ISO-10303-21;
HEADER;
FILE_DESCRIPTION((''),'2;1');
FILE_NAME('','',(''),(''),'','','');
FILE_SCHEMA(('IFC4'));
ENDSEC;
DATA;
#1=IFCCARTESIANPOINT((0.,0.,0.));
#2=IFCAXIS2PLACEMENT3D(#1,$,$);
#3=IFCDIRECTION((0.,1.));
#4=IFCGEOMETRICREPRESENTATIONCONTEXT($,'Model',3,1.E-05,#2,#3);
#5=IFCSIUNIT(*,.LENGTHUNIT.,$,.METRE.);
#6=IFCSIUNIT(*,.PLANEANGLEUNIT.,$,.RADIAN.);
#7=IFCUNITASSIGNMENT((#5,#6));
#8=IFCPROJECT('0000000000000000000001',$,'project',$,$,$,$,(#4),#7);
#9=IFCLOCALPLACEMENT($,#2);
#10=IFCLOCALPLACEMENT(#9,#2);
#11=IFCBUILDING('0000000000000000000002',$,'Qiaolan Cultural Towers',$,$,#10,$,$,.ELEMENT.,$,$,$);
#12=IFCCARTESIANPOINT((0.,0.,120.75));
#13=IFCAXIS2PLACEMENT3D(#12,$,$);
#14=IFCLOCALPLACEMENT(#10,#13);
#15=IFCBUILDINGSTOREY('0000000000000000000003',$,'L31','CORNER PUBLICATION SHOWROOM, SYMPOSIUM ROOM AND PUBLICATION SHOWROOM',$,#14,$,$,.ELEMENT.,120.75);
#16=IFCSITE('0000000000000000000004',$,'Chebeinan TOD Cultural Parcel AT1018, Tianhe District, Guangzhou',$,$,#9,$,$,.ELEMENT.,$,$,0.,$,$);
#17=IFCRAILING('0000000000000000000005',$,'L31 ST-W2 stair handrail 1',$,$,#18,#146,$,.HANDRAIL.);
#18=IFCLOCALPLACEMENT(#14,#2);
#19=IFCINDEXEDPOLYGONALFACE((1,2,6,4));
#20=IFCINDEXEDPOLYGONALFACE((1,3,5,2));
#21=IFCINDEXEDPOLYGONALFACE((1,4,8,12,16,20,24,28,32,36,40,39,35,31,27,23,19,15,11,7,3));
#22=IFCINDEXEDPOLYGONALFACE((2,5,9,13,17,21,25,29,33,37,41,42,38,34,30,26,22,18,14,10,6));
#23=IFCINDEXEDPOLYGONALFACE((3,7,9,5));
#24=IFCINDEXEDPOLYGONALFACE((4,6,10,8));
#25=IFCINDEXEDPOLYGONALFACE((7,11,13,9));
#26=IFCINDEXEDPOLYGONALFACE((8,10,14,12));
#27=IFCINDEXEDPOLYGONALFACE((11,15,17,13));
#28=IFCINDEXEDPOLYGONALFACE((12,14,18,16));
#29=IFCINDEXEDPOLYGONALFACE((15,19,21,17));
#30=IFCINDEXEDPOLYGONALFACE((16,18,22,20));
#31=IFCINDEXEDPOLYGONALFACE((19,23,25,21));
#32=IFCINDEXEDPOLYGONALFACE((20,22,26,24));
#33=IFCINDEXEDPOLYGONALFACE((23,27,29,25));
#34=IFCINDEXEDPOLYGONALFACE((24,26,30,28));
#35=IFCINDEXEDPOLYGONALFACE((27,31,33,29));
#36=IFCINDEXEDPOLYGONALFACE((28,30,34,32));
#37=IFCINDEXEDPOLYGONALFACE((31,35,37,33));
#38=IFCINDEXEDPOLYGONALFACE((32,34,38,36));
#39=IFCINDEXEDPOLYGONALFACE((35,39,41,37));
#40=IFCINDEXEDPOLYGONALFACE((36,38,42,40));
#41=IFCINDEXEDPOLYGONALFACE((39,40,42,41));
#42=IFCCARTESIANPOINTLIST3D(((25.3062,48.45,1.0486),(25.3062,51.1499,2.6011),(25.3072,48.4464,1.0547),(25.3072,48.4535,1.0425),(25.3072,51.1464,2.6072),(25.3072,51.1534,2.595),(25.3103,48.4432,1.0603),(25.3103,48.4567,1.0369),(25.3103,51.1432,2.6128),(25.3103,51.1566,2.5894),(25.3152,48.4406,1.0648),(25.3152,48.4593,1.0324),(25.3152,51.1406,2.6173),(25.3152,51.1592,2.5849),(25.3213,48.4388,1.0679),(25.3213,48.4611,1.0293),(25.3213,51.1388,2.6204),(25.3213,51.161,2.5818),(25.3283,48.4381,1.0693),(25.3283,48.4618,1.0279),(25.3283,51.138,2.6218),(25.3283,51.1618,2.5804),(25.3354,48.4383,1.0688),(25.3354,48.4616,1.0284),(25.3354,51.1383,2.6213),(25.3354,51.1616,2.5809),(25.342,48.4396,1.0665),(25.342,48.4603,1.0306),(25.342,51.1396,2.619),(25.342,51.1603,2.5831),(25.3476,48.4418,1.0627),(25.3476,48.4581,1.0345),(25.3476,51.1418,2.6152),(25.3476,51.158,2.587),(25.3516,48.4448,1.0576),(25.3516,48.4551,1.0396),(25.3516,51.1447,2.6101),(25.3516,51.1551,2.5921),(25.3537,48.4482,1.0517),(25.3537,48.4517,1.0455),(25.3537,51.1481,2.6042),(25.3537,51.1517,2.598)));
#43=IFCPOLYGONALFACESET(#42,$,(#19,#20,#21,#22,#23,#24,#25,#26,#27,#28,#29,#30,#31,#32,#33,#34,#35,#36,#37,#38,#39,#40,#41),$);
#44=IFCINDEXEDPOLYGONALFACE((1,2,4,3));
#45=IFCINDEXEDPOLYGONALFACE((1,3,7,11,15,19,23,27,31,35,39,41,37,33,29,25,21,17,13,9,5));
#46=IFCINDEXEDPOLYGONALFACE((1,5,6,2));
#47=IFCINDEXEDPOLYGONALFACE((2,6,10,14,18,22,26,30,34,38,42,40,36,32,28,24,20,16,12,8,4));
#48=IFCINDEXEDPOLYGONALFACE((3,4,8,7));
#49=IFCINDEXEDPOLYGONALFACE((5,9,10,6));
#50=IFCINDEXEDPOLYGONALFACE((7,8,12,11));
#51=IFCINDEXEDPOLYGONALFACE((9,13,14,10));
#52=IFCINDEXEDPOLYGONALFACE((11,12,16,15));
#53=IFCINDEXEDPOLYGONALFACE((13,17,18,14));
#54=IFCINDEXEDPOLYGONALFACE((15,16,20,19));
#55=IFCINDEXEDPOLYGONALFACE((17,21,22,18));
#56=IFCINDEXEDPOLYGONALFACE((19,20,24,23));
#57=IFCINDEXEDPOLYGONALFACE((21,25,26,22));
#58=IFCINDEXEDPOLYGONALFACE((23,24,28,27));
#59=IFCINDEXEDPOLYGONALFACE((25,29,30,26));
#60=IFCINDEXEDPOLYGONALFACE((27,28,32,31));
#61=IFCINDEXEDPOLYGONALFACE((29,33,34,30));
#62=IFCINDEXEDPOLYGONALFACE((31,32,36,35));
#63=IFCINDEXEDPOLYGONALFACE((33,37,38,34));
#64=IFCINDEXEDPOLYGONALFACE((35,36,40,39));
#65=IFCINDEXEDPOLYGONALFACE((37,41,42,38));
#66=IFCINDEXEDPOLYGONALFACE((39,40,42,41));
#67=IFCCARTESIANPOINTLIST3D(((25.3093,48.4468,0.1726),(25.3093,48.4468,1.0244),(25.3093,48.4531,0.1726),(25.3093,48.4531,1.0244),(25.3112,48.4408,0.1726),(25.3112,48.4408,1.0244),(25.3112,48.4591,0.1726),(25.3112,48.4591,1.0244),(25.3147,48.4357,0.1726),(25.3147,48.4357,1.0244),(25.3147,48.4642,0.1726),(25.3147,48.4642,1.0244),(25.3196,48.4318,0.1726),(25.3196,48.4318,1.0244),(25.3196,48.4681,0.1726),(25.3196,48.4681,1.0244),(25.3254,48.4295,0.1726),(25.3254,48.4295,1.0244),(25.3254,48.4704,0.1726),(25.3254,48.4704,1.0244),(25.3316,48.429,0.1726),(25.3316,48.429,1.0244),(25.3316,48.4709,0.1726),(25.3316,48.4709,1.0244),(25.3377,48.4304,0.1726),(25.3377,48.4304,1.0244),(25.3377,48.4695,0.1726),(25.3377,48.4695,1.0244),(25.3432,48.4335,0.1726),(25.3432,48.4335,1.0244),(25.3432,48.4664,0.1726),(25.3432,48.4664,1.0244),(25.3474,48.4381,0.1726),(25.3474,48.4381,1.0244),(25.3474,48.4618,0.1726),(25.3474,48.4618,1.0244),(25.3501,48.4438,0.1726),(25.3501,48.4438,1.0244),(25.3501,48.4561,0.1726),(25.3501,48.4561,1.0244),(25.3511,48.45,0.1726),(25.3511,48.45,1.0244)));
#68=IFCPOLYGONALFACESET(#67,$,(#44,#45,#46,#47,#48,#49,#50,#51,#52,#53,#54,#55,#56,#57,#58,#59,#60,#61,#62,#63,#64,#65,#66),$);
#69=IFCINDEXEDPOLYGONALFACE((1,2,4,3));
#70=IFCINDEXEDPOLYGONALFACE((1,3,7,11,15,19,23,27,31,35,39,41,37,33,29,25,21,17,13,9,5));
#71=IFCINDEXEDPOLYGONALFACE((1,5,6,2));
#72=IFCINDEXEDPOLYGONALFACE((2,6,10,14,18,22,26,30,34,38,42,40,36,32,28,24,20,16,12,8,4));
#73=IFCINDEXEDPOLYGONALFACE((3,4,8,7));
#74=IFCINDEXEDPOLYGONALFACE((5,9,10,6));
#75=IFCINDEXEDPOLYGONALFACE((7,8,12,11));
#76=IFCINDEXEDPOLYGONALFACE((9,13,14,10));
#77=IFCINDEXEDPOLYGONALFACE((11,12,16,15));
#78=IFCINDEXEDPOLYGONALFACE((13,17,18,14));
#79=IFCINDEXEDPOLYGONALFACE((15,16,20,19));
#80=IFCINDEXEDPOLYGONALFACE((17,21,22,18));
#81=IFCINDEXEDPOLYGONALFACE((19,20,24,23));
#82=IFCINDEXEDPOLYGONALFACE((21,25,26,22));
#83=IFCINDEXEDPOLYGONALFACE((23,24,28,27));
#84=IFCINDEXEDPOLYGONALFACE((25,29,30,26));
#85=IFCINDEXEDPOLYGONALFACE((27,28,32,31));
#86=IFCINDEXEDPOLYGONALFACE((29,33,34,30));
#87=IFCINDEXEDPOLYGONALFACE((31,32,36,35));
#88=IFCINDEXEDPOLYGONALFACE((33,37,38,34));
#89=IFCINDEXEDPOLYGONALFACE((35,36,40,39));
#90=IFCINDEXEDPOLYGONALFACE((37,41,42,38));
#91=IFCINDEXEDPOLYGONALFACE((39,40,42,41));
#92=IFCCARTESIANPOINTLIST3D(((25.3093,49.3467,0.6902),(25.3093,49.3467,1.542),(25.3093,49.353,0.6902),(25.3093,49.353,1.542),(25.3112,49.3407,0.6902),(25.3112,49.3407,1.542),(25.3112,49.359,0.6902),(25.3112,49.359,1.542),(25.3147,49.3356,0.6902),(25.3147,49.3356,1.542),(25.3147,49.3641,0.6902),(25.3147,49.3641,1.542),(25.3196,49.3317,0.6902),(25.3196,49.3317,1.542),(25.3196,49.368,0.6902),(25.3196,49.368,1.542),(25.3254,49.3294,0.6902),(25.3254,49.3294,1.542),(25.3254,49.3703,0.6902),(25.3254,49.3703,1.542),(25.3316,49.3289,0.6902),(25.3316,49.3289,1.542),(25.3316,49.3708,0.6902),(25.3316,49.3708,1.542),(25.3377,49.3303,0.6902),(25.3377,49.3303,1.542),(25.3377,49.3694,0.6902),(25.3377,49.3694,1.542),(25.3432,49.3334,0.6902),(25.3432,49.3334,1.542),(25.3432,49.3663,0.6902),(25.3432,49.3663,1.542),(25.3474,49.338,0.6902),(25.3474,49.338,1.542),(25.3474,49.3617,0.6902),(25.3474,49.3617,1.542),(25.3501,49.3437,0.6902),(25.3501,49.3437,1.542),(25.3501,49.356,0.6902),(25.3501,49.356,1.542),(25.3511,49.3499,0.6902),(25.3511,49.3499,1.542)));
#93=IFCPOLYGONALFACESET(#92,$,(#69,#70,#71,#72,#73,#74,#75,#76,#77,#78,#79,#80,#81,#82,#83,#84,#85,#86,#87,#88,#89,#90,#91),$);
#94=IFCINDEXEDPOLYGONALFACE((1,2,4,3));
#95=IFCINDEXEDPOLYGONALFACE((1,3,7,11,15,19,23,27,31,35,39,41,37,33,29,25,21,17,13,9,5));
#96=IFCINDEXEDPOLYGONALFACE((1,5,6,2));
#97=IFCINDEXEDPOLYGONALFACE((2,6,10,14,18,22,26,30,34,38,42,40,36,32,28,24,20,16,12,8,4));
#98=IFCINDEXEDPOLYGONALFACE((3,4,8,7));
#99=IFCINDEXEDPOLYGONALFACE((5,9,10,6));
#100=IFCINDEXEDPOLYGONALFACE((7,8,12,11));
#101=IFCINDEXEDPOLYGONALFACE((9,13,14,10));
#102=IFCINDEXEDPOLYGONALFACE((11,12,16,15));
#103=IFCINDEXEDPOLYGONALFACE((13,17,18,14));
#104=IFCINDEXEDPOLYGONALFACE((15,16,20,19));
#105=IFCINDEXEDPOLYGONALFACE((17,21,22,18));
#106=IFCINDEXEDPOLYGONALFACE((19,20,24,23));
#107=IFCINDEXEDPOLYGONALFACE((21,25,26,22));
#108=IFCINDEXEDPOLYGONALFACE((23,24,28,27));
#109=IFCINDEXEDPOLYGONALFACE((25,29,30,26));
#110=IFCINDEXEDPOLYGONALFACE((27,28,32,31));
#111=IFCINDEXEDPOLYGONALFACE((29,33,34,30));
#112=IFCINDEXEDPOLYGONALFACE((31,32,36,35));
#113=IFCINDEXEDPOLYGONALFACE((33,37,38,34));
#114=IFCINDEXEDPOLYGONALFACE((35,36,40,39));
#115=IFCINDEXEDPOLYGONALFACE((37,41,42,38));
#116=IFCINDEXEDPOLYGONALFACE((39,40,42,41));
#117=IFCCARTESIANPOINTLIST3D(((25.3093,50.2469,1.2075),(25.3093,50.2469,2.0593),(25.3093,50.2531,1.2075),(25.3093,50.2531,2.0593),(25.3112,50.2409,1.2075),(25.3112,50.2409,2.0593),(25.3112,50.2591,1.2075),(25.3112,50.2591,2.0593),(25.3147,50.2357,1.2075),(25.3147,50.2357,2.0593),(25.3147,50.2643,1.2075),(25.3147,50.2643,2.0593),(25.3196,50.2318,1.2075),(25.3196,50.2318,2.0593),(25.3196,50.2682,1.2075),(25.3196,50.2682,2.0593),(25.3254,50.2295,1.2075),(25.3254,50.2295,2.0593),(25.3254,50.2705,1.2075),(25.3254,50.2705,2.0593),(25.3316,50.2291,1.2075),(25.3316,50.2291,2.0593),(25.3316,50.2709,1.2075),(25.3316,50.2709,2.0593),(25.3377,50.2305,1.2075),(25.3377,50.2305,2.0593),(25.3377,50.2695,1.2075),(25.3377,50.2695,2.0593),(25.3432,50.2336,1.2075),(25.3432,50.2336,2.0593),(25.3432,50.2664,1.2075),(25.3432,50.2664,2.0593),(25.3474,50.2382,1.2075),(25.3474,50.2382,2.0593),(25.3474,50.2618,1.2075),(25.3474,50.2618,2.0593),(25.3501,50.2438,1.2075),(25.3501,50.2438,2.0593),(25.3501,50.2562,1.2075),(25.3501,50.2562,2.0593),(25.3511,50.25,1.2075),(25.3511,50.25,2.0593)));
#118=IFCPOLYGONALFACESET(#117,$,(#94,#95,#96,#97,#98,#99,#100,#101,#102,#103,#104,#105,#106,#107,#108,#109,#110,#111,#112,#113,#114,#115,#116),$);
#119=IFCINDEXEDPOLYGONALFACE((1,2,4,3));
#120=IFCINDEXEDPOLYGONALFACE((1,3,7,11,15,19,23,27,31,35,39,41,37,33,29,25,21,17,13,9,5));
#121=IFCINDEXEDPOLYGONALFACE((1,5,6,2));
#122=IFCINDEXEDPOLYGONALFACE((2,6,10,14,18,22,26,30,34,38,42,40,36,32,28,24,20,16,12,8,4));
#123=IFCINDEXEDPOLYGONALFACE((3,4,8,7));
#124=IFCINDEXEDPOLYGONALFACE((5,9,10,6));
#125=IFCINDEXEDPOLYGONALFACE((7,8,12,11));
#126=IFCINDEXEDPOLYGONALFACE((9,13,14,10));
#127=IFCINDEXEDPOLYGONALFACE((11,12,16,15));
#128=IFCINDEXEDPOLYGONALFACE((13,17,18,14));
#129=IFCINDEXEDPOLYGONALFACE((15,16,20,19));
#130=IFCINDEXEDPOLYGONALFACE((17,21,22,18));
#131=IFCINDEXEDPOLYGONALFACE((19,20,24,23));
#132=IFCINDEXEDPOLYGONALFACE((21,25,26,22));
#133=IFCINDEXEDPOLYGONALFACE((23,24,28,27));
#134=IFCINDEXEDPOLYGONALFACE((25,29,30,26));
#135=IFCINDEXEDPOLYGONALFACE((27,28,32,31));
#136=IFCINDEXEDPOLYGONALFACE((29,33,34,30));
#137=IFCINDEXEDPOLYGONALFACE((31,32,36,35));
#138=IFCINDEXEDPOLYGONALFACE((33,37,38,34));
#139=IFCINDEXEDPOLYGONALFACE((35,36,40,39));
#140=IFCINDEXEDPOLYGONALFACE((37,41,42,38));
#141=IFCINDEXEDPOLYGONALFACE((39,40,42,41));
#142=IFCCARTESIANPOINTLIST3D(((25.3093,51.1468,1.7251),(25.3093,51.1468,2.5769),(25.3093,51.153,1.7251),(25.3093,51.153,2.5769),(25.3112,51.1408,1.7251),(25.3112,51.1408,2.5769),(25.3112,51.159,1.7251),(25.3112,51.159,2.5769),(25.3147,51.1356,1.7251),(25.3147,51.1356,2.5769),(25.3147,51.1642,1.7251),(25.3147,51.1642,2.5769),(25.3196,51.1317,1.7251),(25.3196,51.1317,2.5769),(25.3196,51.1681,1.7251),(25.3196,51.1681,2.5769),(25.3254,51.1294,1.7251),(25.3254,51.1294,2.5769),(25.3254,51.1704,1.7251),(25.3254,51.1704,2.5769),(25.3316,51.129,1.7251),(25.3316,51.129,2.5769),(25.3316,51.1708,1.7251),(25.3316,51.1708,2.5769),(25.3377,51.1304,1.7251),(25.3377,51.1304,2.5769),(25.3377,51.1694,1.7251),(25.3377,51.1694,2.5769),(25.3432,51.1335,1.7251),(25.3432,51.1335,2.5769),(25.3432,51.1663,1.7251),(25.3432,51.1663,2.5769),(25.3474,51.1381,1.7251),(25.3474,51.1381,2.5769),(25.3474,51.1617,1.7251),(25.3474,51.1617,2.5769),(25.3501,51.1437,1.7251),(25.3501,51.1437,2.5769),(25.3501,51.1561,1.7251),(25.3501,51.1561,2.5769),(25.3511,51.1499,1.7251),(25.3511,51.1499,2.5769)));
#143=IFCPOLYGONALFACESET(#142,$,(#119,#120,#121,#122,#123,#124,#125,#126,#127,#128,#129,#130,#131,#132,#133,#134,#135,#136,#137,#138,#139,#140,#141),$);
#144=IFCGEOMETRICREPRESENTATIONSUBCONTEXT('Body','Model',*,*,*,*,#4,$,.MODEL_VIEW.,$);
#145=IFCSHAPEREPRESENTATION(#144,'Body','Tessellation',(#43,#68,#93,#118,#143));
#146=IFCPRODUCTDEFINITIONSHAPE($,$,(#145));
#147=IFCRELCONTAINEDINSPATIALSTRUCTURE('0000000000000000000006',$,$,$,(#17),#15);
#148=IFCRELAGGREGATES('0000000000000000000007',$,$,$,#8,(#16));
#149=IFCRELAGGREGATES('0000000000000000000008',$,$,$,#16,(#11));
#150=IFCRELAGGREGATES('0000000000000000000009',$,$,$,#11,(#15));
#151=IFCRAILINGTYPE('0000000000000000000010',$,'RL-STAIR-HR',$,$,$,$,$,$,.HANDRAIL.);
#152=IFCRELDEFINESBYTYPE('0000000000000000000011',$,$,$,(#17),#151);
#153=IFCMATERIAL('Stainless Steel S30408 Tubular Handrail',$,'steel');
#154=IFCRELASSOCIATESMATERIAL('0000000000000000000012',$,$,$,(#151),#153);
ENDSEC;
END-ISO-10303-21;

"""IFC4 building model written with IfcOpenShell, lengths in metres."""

from ifc_helpers import new_model, si_unit, direction, frame, origin, origin_2d, place, context, subcontext, project, spatial, circle, extrude, material, type_object, element, save


model = new_model("IFC4")

# Units and contexts
model_context = context("Model", 3, precision=1e-05, world=origin(), true_north=direction((0.0, 1.0)))
body_context = subcontext(model_context, "Body", "Model", "MODEL_VIEW")
ifc_project = project(units=[si_unit("LENGTHUNIT", "METRE"), si_unit("PLANEANGLEUNIT", "RADIAN")], contexts=[model_context])

# Site, building, storey
site_placement = place(None, origin())
site = spatial("IfcSite", under=ifc_project, at=site_placement, Name="Chebeinan TOD Cultural Parcel AT1018, Tianhe District, Guangzhou", CompositionType="ELEMENT", RefElevation=0.0)
building_placement = place(site_placement, origin())
building = spatial("IfcBuilding", under=site, at=building_placement, Name="Qiaolan Cultural Towers", CompositionType="ELEMENT")
storey_placement = place(building_placement, frame((0.0, 0.0, 120.75)))
storey = spatial("IfcBuildingStorey", under=building, at=storey_placement, Name="L31", Description="CORNER PUBLICATION SHOWROOM, SYMPOSIUM ROOM AND PUBLICATION SHOWROOM", CompositionType="ELEMENT", Elevation=120.75)

# Railing
ifc_material_1 = material(Name="Stainless Steel S30408 Tubular Handrail", Category="steel")
railing_type_1 = type_object("IfcRailingType", Name="RL-STAIR-HR", PredefinedType="HANDRAIL", material=ifc_material_1)
railing_1_placement = place(storey_placement, frame((25.3301, 48.45, 0.1726)))
element("IfcRailing", 1, at=railing_1_placement, inside=storey, type_object=railing_type_1, Name="L31 ST-W2 stair handrail 1", PredefinedType="HANDRAIL", context=body_context, shape_type="SweptSolid", body=[
    extrude(circle(Radius=0.0239, at=origin_2d()), frame((0.0, 0.0, 0.876), z_axis=(0.0, 0.866904, 0.498476), x_axis=(-1.0, 0.0, 0.0)), (0.0, 0.0, 1.0), 3.1145),
    extrude(circle(Radius=0.021, at=origin_2d()), origin(), (0.0, 0.0, 1.0), 0.8518),
    extrude(circle(Radius=0.021, at=origin_2d()), frame((0.0, 0.8999, 0.5176)), (0.0, 0.0, 1.0), 0.8518),
    extrude(circle(Radius=0.021, at=origin_2d()), frame((0.0, 1.8, 1.0349)), (0.0, 0.0, 1.0), 0.8518),
    extrude(circle(Radius=0.021, at=origin_2d()), frame((0.0, 2.7, 1.5525)), (0.0, 0.0, 1.0), 0.8518),
])

save(model, "model.ifc")
